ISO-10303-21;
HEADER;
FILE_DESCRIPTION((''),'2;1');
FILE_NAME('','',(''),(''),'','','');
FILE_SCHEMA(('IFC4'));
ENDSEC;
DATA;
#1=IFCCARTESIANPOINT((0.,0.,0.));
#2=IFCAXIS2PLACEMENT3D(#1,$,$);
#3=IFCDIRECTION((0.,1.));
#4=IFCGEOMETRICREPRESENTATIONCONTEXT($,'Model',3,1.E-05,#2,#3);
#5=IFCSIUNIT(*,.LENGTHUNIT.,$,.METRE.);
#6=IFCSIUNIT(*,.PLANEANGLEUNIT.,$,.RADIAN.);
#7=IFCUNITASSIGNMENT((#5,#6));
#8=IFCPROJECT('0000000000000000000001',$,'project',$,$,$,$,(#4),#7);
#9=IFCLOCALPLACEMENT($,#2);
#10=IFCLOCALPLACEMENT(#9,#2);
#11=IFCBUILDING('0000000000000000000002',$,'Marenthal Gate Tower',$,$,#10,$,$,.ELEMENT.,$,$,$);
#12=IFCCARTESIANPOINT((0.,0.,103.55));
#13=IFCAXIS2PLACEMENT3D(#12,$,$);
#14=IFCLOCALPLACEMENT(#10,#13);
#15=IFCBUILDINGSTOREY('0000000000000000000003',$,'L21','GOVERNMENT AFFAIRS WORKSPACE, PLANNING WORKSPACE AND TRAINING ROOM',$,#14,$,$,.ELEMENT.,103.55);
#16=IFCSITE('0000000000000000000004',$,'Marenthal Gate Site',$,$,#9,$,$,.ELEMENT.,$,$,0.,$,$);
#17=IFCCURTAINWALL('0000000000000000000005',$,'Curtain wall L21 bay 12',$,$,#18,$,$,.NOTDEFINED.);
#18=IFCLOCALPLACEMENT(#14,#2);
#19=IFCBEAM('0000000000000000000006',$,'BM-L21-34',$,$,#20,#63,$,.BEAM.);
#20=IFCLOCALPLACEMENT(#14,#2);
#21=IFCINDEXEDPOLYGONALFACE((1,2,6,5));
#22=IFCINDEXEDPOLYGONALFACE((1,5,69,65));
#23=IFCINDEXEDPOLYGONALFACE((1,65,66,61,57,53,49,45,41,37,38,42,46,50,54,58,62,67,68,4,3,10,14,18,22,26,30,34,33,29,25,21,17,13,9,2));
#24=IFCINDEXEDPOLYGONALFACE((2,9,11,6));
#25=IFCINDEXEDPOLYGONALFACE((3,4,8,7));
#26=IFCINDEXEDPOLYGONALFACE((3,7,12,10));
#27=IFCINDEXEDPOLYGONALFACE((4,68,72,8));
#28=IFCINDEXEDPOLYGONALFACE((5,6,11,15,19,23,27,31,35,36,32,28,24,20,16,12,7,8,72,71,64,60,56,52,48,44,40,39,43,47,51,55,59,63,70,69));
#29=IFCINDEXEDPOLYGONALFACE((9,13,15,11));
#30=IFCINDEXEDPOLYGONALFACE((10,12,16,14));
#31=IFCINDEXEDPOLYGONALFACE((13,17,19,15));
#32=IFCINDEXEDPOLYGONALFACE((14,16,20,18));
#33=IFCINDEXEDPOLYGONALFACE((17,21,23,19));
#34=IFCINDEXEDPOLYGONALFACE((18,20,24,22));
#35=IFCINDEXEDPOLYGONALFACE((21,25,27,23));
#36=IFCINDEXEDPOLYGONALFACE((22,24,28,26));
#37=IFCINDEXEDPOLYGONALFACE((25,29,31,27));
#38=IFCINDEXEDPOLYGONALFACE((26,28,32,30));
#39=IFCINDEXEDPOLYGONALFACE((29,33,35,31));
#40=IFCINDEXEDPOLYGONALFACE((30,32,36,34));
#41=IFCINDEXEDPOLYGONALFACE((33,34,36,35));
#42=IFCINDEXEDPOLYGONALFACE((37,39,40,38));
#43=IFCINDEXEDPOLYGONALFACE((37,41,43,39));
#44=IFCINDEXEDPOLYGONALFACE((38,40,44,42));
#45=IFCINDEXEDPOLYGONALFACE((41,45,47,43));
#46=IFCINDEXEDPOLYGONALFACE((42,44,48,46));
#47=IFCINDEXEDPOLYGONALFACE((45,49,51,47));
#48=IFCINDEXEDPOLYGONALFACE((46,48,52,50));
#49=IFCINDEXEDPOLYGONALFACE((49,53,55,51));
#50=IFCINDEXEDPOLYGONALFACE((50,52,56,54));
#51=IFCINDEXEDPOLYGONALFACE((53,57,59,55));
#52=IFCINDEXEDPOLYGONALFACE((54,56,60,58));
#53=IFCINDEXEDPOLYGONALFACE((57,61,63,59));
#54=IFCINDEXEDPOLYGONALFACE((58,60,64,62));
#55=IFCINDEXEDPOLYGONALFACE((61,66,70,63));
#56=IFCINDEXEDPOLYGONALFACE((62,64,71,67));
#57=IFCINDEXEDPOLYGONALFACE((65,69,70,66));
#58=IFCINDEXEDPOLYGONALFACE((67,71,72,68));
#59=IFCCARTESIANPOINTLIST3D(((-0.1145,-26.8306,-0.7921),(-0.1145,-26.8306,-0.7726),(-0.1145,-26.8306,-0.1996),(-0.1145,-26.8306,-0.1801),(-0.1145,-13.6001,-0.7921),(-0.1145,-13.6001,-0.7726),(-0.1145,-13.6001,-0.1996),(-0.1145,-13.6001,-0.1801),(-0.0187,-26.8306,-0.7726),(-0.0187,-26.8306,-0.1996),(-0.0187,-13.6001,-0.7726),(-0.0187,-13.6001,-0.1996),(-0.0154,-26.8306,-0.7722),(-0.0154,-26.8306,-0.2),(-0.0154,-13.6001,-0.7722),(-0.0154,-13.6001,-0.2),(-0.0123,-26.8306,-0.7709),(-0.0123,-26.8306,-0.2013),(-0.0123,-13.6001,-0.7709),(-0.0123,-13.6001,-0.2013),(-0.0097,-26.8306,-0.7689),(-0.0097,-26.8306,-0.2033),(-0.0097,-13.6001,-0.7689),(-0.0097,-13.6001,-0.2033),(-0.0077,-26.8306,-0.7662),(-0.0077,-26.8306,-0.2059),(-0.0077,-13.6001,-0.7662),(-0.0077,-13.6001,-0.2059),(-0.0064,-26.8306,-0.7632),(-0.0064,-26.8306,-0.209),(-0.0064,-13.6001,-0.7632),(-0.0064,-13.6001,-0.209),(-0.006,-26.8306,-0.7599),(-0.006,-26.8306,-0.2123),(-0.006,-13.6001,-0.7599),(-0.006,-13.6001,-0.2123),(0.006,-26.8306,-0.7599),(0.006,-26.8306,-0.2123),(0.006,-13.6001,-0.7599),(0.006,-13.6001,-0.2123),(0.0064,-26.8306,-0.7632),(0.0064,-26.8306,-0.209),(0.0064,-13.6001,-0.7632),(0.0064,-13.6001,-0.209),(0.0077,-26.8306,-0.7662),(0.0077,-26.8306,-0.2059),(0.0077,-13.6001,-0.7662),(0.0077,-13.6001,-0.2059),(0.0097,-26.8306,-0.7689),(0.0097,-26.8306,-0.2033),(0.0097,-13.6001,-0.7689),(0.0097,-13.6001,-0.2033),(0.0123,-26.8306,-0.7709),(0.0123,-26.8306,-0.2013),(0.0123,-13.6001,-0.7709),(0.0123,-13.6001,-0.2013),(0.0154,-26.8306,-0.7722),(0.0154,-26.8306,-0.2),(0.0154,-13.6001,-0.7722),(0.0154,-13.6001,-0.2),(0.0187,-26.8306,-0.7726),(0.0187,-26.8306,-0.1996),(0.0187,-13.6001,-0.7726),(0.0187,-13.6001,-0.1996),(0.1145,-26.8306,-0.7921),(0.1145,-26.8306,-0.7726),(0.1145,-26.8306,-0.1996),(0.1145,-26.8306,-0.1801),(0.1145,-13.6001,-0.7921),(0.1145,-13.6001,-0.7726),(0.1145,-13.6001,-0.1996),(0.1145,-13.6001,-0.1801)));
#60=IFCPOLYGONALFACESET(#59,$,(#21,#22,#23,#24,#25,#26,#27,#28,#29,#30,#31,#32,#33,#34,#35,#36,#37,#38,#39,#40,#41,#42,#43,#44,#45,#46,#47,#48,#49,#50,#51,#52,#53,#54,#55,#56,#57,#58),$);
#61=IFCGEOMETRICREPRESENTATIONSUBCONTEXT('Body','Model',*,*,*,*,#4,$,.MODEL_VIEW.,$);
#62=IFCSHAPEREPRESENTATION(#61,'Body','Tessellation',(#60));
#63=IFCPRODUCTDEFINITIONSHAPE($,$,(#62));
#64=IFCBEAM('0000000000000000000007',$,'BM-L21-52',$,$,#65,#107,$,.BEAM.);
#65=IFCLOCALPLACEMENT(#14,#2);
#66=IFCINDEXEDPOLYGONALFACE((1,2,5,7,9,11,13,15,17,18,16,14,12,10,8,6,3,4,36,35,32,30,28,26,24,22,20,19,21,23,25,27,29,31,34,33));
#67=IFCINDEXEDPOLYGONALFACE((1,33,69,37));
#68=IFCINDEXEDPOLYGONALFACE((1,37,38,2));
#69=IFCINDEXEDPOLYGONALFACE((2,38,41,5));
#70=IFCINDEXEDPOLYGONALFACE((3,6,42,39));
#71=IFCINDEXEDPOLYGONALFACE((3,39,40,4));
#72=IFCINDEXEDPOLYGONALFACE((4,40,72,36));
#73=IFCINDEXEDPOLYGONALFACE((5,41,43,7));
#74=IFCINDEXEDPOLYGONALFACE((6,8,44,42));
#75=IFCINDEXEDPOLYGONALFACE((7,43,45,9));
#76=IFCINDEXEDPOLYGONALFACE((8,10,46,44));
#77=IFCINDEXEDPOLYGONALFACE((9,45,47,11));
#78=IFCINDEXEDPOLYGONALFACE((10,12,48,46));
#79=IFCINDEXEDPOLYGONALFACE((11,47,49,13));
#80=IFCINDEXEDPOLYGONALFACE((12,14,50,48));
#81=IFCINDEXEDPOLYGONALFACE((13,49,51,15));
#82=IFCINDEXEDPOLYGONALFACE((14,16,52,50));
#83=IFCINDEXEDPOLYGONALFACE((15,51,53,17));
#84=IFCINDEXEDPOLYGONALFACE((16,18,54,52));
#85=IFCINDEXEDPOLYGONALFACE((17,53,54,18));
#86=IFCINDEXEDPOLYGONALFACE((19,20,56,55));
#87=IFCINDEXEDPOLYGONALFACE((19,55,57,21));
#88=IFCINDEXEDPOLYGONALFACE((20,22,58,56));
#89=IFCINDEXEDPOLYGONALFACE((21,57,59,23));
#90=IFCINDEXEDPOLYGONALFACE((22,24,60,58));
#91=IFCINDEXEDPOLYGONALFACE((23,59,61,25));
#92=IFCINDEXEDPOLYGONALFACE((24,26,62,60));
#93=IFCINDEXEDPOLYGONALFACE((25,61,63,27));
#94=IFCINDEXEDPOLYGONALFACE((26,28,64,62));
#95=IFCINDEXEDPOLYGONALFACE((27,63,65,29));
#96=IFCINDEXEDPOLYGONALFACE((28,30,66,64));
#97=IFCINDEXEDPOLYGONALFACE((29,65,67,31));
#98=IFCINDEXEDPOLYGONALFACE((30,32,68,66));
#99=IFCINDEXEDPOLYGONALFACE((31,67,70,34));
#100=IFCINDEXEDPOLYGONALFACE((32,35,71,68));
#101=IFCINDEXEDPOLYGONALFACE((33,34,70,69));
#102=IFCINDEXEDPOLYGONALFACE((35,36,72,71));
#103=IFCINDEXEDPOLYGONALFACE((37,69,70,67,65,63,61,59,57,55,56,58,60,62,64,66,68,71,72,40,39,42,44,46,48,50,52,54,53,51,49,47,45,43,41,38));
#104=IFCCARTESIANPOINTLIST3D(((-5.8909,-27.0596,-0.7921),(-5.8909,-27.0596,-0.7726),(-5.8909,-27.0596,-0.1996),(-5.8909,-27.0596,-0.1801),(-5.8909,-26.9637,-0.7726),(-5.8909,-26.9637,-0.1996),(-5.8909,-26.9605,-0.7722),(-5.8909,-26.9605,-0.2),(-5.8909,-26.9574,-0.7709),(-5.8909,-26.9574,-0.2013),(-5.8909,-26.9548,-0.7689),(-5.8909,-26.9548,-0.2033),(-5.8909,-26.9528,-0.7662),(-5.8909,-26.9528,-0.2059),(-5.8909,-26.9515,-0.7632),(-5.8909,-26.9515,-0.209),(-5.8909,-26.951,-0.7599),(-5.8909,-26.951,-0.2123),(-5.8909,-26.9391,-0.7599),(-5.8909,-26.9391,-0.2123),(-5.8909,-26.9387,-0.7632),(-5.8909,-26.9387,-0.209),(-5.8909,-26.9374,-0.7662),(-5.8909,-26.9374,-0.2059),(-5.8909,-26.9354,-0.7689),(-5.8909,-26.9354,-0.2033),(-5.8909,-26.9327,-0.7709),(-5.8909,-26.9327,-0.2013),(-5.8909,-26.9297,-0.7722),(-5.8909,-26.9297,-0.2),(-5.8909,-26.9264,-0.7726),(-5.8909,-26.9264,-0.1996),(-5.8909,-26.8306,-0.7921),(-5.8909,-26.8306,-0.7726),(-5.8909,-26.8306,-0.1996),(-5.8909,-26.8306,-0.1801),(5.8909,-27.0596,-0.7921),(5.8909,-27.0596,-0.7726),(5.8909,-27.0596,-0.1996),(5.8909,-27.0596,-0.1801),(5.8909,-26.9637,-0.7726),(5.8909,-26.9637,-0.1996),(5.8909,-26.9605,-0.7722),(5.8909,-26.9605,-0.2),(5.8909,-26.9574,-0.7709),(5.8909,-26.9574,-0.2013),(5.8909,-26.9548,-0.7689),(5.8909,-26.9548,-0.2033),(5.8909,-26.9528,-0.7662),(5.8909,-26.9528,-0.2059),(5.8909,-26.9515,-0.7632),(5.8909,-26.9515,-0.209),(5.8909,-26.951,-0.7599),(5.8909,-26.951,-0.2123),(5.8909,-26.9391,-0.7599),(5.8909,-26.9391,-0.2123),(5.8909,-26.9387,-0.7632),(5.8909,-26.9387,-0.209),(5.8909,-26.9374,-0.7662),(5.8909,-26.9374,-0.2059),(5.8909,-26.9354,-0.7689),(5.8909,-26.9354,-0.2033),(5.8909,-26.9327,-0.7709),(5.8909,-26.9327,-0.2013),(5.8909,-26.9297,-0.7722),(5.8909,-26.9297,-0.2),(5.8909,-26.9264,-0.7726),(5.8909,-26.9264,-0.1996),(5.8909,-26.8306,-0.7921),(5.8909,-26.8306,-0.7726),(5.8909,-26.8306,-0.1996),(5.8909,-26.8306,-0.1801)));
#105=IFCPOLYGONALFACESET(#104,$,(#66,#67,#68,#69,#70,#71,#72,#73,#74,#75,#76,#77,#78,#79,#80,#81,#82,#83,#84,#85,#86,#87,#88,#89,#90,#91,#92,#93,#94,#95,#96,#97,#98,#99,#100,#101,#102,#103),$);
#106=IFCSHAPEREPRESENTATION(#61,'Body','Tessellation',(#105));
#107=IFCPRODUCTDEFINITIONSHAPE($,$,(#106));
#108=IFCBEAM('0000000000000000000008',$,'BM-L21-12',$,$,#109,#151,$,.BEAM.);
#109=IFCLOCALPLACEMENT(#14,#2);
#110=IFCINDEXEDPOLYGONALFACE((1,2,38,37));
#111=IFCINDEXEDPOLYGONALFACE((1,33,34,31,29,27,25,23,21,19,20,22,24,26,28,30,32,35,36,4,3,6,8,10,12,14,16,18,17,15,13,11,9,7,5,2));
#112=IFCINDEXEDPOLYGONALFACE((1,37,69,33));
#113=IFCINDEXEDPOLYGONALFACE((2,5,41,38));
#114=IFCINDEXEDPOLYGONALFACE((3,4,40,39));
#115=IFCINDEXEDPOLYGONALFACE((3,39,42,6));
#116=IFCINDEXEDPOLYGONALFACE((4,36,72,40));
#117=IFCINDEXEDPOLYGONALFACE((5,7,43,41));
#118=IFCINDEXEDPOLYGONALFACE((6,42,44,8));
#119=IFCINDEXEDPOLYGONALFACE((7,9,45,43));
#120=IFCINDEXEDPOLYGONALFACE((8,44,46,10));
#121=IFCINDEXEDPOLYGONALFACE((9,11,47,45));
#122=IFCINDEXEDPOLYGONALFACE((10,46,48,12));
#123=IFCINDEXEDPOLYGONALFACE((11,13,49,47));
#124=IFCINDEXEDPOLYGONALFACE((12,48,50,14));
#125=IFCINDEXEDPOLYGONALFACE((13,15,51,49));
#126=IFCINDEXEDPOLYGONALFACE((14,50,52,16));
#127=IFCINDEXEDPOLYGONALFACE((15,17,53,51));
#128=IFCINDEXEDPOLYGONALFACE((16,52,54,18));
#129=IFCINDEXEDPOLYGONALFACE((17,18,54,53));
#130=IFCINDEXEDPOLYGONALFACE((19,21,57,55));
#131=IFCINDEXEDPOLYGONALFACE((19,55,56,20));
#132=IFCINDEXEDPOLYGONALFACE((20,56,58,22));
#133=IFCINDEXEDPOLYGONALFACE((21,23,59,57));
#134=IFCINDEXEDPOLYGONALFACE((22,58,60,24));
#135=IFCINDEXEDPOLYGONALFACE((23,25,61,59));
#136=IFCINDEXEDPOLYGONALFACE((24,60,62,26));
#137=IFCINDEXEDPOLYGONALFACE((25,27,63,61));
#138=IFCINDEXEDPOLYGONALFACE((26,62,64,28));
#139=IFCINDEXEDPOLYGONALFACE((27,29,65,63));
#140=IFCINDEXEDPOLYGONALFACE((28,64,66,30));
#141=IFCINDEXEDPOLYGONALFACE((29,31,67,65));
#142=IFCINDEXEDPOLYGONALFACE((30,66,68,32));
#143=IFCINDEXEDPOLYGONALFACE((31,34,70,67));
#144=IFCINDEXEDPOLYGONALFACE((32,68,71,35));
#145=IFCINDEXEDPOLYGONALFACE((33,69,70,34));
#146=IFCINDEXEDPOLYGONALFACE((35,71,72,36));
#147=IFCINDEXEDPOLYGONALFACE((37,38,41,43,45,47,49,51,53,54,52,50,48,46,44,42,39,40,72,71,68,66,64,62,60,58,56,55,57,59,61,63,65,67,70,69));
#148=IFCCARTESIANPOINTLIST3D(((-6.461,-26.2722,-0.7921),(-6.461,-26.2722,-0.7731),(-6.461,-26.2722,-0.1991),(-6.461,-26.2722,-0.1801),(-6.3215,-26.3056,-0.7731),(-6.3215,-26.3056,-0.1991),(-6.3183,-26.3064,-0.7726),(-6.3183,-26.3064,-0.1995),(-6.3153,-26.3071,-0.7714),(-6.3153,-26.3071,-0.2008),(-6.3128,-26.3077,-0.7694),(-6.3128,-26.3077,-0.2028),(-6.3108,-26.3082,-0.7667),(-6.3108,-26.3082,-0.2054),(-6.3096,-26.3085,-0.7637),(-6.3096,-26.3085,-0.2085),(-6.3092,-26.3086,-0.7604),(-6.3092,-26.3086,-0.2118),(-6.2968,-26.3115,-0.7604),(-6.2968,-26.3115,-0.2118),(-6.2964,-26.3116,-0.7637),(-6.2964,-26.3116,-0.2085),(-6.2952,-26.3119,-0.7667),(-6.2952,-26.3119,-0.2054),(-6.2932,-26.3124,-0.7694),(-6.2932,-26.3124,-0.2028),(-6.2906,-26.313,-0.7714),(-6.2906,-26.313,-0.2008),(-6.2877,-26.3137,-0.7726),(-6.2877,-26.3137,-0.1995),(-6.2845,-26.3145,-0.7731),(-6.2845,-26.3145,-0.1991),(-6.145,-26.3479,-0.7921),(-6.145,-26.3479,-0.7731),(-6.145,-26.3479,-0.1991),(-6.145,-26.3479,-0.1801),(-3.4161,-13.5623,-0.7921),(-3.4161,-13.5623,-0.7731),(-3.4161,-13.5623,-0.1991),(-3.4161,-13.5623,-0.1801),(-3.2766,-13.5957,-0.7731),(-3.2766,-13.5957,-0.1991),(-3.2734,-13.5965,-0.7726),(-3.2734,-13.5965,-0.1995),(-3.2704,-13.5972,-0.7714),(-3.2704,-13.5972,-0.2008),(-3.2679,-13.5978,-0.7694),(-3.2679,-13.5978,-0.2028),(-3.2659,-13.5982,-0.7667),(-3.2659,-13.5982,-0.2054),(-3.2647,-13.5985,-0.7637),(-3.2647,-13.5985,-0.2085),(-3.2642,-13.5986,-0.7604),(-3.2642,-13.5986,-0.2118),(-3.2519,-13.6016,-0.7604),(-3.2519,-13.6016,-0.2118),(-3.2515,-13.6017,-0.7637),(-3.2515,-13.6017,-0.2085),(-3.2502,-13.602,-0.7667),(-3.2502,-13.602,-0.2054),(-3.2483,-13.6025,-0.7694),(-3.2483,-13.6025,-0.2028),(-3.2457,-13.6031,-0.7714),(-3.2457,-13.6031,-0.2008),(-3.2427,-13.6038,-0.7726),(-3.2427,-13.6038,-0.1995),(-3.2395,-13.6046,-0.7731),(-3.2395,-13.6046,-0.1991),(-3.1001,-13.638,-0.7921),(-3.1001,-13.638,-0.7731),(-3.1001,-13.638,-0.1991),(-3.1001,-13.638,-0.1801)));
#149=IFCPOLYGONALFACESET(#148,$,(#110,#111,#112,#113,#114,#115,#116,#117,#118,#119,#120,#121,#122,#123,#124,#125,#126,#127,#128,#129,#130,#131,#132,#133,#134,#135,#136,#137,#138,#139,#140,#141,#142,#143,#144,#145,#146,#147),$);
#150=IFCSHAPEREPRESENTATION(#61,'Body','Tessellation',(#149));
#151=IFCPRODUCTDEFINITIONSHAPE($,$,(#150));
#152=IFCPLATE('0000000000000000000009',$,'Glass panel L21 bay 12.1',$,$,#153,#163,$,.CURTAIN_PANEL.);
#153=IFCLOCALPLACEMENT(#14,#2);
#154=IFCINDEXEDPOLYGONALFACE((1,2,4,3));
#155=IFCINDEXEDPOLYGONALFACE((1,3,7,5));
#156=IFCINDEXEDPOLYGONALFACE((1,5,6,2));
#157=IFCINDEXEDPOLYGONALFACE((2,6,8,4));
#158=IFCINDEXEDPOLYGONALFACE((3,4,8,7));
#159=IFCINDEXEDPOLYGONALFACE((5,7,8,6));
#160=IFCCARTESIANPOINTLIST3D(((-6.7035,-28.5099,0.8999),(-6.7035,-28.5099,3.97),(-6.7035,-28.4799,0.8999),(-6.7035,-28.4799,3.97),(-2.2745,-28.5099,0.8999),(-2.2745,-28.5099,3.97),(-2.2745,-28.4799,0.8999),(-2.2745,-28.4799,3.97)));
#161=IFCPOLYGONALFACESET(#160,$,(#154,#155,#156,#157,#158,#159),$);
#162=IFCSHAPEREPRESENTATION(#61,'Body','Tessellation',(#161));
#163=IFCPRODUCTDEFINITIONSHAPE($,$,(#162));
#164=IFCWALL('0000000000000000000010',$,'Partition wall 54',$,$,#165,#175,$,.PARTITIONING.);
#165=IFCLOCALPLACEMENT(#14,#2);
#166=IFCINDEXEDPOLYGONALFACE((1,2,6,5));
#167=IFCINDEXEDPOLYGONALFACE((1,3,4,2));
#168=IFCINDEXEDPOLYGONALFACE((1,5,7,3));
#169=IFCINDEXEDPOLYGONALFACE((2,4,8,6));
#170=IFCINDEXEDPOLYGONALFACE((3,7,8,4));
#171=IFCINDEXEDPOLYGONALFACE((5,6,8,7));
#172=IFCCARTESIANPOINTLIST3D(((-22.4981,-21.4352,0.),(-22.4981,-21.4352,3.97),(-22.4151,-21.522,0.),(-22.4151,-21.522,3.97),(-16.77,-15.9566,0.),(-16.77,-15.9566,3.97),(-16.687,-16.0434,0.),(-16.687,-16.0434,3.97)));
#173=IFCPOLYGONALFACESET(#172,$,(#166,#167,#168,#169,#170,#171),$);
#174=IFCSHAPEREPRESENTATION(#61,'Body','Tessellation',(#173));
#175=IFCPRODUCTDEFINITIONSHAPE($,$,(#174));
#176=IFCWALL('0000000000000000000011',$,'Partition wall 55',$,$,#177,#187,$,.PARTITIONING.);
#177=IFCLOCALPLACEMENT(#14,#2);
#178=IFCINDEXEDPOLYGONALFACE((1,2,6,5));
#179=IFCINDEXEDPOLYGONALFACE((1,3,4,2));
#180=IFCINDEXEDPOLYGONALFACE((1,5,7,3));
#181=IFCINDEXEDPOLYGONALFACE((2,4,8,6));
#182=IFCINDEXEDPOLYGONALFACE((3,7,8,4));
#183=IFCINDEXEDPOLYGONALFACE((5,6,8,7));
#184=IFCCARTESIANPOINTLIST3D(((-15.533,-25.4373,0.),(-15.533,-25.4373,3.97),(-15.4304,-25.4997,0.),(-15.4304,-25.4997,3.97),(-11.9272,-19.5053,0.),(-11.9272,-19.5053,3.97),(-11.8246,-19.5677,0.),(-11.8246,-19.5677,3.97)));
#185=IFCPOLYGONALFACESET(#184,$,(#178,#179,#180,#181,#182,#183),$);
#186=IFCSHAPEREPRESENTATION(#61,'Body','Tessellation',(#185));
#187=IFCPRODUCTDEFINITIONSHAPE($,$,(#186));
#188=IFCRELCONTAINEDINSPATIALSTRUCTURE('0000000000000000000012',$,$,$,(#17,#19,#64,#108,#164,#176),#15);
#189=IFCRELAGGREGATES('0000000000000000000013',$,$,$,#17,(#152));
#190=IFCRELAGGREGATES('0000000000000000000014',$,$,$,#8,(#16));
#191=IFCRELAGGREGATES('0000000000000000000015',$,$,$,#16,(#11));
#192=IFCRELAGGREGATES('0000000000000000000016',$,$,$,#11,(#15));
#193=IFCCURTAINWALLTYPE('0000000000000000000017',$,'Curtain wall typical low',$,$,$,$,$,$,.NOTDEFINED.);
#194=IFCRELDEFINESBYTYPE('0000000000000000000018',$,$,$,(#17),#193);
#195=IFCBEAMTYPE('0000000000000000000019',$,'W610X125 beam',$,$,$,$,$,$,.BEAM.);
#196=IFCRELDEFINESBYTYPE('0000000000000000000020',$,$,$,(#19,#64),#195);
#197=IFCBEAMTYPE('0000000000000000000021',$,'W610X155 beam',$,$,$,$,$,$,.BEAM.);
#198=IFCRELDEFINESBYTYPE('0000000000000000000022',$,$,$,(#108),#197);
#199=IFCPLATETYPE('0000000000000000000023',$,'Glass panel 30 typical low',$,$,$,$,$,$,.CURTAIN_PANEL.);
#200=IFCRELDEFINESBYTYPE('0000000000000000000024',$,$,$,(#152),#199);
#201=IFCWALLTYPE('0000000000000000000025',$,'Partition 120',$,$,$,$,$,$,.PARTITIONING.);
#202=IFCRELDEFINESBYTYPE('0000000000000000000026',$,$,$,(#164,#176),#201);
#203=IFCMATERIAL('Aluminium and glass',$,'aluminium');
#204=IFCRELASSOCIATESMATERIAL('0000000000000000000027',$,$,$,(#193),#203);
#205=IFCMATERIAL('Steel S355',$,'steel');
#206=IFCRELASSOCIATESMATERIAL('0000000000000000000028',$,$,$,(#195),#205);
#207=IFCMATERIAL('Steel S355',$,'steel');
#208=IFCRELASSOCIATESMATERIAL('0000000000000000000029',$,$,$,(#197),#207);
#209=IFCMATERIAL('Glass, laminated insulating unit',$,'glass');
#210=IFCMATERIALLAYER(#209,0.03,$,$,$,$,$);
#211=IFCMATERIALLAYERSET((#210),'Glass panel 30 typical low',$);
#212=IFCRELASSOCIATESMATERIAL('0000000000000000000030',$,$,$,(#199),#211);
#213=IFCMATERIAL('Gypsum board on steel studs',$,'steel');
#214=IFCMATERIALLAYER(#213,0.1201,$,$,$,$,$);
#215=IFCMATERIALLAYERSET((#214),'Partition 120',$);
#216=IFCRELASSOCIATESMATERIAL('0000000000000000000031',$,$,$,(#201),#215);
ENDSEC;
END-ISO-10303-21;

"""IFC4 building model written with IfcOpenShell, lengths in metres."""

from ifc_helpers import new_model, si_unit, direction, frame, frame_2d, origin, origin_2d, place, context, subcontext, project, spatial, rectangle, i_section, extrude, material, layer, layer_set, material_profile, profile_set, type_object, element, aggregate, save


model = new_model("IFC4")

# Units and contexts
model_context = context("Model", 3, precision=1e-05, world=origin(), true_north=direction((0.0, 1.0)))
body_context = subcontext(model_context, "Body", "Model", "MODEL_VIEW")
ifc_project = project(units=[si_unit("LENGTHUNIT", "METRE"), si_unit("PLANEANGLEUNIT", "RADIAN")], contexts=[model_context])

# Site, building, storey
site_placement = place(None, origin())
site = spatial("IfcSite", under=ifc_project, at=site_placement, Name="Marenthal Gate Site", CompositionType="ELEMENT", RefElevation=0.0)
building_placement = place(site_placement, origin())
building = spatial("IfcBuilding", under=site, at=building_placement, Name="Marenthal Gate Tower", CompositionType="ELEMENT")
storey_placement = place(building_placement, frame((0.0, 0.0, 103.55)))
storey = spatial("IfcBuildingStorey", under=building, at=storey_placement, Name="L21", Description="GOVERNMENT AFFAIRS WORKSPACE, PLANNING WORKSPACE AND TRAINING ROOM", CompositionType="ELEMENT", Elevation=103.55)

# Curtain wall
ifc_material_1 = material(Name="Aluminium and glass", Category="aluminium")
curtain_wall_type = type_object("IfcCurtainWallType", Name="Curtain wall typical low", PredefinedType="NOTDEFINED", material=ifc_material_1)
curtain_wall_placement = place(storey_placement, origin())
curtain_wall = element("IfcCurtainWall", 1, at=curtain_wall_placement, inside=storey, type_object=curtain_wall_type, Name="Curtain wall L21 bay 12", PredefinedType="NOTDEFINED")

# Beams
ifc_material_2 = material(Name="Steel S355", Category="steel")
ifc_material_profile_1 = material_profile(ifc_material_2, i_section(OverallWidth=0.229, OverallDepth=0.6121, WebThickness=0.012, FlangeThickness=0.0195, FilletRadius=0.0127, at=origin_2d()), Name="W610X125")
ifc_profile_set_1 = profile_set([ifc_material_profile_1], Name="Steel S355")
beam_type_1 = type_object("IfcBeamType", Name="W610X125 beam", PredefinedType="BEAM", material=ifc_profile_set_1)
beam_1_placement = place(storey_placement, frame((0.0, -26.8306, -0.4861), z_axis=(0.0, 1.0, 0.0), x_axis=(-1.0, 0.0, 0.0)))
element("IfcBeam", 2, at=beam_1_placement, inside=storey, type_object=beam_type_1, Name="BM-L21-34", PredefinedType="BEAM", context=body_context, shape_type="SweptSolid", body=[
    extrude(i_section(OverallWidth=0.229, OverallDepth=0.6121, WebThickness=0.012, FlangeThickness=0.0195, FilletRadius=0.0127, at=origin_2d()), origin(), (0.0, 0.0, 1.0), 13.2305),
])
beam_2_placement = place(storey_placement, frame((-5.8909, -26.9451, -0.4861), z_axis=(1.0, 0.0, 0.0), x_axis=(0.0, 1.0, 0.0)))
element("IfcBeam", 3, at=beam_2_placement, inside=storey, type_object=beam_type_1, Name="BM-L21-52", PredefinedType="BEAM", context=body_context, shape_type="SweptSolid", body=[
    extrude(i_section(OverallWidth=0.229, OverallDepth=0.6121, WebThickness=0.012, FlangeThickness=0.0195, FilletRadius=0.0127, at=origin_2d()), origin(), (0.0, 0.0, 1.0), 11.7817),
])
ifc_material_3 = material(Name="Steel S355", Category="steel")
ifc_material_profile_2 = material_profile(ifc_material_3, i_section(OverallWidth=0.325, OverallDepth=0.6121, WebThickness=0.0127, FlangeThickness=0.019, FilletRadius=0.0127, at=origin_2d()), Name="W610X155")
ifc_profile_set_2 = profile_set([ifc_material_profile_2], Name="Steel S355")
beam_type_2 = type_object("IfcBeamType", Name="W610X155 beam", PredefinedType="BEAM", material=ifc_profile_set_2)
beam_3_placement = place(storey_placement, frame((-6.303, -26.3101, -0.4861), z_axis=(0.232977, 0.972482, 0.0), x_axis=(-0.972482, 0.232977, 0.0)))
element("IfcBeam", 4, at=beam_3_placement, inside=storey, type_object=beam_type_2, Name="BM-L21-12", PredefinedType="BEAM", context=body_context, shape_type="SweptSolid", body=[
    extrude(i_section(OverallWidth=0.325, OverallDepth=0.6121, WebThickness=0.0127, FlangeThickness=0.019, FilletRadius=0.0127, at=origin_2d()), origin(), (0.0, 0.0, 1.0), 13.0696),
])

# Plate
ifc_material_4 = material(Name="Glass, laminated insulating unit", Category="glass")
ifc_layer_1 = layer(ifc_material_4, 0.03)
ifc_layer_set_1 = layer_set([ifc_layer_1], Name="Glass panel 30 typical low")
plate_type = type_object("IfcPlateType", Name="Glass panel 30 typical low", PredefinedType="CURTAIN_PANEL", material=ifc_layer_set_1)
plate_placement = place(storey_placement, frame((-4.489, -28.4949, 0.8999), z_axis=(0.0, 0.0, 1.0), x_axis=(1.0, 0.0, 0.0)))
plate = element("IfcPlate", 5, at=plate_placement, type_object=plate_type, Name="Glass panel L21 bay 12.1", PredefinedType="CURTAIN_PANEL", context=body_context, shape_type="SweptSolid", body=[
    extrude(rectangle(XDim=4.429, YDim=0.03, at=origin_2d()), origin(), (0.0, 0.0, 1.0), 3.0701),
])
aggregate(curtain_wall, [plate])

# Walls
ifc_material_5 = material(Name="Gypsum board on steel studs", Category="steel")
ifc_layer_2 = layer(ifc_material_5, 0.1201)
ifc_layer_set_2 = layer_set([ifc_layer_2], Name="Partition 120")
wall_type = type_object("IfcWallType", Name="Partition 120", PredefinedType="PARTITIONING", material=ifc_layer_set_2)
wall_1_placement = place(storey_placement, frame((-16.7285, -16.0, 0.0), z_axis=(0.0, 0.0, 1.0), x_axis=(-0.722671, -0.691192, 0.0)))
element("IfcWall", 6, at=wall_1_placement, inside=storey, type_object=wall_type, Name="Partition wall 54", PredefinedType="PARTITIONING", context=body_context, shape_type="SweptSolid", body=[
    extrude(rectangle(XDim=7.9263, YDim=0.1201, at=frame_2d((3.9631, 0.0))), origin(), (0.0, 0.0, 1.0), 3.97),
])
wall_2_placement = place(storey_placement, frame((-15.4817, -25.4685, 0.0), z_axis=(0.0, 0.0, 1.0), x_axis=(0.519421, 0.854518, 0.0)))
element("IfcWall", 7, at=wall_2_placement, inside=storey, type_object=wall_type, Name="Partition wall 55", PredefinedType="PARTITIONING", context=body_context, shape_type="SweptSolid", body=[
    extrude(rectangle(XDim=6.9419, YDim=0.1201, at=frame_2d((3.4709, 0.0))), origin(), (0.0, 0.0, 1.0), 3.97),
])

save(model, "model.ifc")
